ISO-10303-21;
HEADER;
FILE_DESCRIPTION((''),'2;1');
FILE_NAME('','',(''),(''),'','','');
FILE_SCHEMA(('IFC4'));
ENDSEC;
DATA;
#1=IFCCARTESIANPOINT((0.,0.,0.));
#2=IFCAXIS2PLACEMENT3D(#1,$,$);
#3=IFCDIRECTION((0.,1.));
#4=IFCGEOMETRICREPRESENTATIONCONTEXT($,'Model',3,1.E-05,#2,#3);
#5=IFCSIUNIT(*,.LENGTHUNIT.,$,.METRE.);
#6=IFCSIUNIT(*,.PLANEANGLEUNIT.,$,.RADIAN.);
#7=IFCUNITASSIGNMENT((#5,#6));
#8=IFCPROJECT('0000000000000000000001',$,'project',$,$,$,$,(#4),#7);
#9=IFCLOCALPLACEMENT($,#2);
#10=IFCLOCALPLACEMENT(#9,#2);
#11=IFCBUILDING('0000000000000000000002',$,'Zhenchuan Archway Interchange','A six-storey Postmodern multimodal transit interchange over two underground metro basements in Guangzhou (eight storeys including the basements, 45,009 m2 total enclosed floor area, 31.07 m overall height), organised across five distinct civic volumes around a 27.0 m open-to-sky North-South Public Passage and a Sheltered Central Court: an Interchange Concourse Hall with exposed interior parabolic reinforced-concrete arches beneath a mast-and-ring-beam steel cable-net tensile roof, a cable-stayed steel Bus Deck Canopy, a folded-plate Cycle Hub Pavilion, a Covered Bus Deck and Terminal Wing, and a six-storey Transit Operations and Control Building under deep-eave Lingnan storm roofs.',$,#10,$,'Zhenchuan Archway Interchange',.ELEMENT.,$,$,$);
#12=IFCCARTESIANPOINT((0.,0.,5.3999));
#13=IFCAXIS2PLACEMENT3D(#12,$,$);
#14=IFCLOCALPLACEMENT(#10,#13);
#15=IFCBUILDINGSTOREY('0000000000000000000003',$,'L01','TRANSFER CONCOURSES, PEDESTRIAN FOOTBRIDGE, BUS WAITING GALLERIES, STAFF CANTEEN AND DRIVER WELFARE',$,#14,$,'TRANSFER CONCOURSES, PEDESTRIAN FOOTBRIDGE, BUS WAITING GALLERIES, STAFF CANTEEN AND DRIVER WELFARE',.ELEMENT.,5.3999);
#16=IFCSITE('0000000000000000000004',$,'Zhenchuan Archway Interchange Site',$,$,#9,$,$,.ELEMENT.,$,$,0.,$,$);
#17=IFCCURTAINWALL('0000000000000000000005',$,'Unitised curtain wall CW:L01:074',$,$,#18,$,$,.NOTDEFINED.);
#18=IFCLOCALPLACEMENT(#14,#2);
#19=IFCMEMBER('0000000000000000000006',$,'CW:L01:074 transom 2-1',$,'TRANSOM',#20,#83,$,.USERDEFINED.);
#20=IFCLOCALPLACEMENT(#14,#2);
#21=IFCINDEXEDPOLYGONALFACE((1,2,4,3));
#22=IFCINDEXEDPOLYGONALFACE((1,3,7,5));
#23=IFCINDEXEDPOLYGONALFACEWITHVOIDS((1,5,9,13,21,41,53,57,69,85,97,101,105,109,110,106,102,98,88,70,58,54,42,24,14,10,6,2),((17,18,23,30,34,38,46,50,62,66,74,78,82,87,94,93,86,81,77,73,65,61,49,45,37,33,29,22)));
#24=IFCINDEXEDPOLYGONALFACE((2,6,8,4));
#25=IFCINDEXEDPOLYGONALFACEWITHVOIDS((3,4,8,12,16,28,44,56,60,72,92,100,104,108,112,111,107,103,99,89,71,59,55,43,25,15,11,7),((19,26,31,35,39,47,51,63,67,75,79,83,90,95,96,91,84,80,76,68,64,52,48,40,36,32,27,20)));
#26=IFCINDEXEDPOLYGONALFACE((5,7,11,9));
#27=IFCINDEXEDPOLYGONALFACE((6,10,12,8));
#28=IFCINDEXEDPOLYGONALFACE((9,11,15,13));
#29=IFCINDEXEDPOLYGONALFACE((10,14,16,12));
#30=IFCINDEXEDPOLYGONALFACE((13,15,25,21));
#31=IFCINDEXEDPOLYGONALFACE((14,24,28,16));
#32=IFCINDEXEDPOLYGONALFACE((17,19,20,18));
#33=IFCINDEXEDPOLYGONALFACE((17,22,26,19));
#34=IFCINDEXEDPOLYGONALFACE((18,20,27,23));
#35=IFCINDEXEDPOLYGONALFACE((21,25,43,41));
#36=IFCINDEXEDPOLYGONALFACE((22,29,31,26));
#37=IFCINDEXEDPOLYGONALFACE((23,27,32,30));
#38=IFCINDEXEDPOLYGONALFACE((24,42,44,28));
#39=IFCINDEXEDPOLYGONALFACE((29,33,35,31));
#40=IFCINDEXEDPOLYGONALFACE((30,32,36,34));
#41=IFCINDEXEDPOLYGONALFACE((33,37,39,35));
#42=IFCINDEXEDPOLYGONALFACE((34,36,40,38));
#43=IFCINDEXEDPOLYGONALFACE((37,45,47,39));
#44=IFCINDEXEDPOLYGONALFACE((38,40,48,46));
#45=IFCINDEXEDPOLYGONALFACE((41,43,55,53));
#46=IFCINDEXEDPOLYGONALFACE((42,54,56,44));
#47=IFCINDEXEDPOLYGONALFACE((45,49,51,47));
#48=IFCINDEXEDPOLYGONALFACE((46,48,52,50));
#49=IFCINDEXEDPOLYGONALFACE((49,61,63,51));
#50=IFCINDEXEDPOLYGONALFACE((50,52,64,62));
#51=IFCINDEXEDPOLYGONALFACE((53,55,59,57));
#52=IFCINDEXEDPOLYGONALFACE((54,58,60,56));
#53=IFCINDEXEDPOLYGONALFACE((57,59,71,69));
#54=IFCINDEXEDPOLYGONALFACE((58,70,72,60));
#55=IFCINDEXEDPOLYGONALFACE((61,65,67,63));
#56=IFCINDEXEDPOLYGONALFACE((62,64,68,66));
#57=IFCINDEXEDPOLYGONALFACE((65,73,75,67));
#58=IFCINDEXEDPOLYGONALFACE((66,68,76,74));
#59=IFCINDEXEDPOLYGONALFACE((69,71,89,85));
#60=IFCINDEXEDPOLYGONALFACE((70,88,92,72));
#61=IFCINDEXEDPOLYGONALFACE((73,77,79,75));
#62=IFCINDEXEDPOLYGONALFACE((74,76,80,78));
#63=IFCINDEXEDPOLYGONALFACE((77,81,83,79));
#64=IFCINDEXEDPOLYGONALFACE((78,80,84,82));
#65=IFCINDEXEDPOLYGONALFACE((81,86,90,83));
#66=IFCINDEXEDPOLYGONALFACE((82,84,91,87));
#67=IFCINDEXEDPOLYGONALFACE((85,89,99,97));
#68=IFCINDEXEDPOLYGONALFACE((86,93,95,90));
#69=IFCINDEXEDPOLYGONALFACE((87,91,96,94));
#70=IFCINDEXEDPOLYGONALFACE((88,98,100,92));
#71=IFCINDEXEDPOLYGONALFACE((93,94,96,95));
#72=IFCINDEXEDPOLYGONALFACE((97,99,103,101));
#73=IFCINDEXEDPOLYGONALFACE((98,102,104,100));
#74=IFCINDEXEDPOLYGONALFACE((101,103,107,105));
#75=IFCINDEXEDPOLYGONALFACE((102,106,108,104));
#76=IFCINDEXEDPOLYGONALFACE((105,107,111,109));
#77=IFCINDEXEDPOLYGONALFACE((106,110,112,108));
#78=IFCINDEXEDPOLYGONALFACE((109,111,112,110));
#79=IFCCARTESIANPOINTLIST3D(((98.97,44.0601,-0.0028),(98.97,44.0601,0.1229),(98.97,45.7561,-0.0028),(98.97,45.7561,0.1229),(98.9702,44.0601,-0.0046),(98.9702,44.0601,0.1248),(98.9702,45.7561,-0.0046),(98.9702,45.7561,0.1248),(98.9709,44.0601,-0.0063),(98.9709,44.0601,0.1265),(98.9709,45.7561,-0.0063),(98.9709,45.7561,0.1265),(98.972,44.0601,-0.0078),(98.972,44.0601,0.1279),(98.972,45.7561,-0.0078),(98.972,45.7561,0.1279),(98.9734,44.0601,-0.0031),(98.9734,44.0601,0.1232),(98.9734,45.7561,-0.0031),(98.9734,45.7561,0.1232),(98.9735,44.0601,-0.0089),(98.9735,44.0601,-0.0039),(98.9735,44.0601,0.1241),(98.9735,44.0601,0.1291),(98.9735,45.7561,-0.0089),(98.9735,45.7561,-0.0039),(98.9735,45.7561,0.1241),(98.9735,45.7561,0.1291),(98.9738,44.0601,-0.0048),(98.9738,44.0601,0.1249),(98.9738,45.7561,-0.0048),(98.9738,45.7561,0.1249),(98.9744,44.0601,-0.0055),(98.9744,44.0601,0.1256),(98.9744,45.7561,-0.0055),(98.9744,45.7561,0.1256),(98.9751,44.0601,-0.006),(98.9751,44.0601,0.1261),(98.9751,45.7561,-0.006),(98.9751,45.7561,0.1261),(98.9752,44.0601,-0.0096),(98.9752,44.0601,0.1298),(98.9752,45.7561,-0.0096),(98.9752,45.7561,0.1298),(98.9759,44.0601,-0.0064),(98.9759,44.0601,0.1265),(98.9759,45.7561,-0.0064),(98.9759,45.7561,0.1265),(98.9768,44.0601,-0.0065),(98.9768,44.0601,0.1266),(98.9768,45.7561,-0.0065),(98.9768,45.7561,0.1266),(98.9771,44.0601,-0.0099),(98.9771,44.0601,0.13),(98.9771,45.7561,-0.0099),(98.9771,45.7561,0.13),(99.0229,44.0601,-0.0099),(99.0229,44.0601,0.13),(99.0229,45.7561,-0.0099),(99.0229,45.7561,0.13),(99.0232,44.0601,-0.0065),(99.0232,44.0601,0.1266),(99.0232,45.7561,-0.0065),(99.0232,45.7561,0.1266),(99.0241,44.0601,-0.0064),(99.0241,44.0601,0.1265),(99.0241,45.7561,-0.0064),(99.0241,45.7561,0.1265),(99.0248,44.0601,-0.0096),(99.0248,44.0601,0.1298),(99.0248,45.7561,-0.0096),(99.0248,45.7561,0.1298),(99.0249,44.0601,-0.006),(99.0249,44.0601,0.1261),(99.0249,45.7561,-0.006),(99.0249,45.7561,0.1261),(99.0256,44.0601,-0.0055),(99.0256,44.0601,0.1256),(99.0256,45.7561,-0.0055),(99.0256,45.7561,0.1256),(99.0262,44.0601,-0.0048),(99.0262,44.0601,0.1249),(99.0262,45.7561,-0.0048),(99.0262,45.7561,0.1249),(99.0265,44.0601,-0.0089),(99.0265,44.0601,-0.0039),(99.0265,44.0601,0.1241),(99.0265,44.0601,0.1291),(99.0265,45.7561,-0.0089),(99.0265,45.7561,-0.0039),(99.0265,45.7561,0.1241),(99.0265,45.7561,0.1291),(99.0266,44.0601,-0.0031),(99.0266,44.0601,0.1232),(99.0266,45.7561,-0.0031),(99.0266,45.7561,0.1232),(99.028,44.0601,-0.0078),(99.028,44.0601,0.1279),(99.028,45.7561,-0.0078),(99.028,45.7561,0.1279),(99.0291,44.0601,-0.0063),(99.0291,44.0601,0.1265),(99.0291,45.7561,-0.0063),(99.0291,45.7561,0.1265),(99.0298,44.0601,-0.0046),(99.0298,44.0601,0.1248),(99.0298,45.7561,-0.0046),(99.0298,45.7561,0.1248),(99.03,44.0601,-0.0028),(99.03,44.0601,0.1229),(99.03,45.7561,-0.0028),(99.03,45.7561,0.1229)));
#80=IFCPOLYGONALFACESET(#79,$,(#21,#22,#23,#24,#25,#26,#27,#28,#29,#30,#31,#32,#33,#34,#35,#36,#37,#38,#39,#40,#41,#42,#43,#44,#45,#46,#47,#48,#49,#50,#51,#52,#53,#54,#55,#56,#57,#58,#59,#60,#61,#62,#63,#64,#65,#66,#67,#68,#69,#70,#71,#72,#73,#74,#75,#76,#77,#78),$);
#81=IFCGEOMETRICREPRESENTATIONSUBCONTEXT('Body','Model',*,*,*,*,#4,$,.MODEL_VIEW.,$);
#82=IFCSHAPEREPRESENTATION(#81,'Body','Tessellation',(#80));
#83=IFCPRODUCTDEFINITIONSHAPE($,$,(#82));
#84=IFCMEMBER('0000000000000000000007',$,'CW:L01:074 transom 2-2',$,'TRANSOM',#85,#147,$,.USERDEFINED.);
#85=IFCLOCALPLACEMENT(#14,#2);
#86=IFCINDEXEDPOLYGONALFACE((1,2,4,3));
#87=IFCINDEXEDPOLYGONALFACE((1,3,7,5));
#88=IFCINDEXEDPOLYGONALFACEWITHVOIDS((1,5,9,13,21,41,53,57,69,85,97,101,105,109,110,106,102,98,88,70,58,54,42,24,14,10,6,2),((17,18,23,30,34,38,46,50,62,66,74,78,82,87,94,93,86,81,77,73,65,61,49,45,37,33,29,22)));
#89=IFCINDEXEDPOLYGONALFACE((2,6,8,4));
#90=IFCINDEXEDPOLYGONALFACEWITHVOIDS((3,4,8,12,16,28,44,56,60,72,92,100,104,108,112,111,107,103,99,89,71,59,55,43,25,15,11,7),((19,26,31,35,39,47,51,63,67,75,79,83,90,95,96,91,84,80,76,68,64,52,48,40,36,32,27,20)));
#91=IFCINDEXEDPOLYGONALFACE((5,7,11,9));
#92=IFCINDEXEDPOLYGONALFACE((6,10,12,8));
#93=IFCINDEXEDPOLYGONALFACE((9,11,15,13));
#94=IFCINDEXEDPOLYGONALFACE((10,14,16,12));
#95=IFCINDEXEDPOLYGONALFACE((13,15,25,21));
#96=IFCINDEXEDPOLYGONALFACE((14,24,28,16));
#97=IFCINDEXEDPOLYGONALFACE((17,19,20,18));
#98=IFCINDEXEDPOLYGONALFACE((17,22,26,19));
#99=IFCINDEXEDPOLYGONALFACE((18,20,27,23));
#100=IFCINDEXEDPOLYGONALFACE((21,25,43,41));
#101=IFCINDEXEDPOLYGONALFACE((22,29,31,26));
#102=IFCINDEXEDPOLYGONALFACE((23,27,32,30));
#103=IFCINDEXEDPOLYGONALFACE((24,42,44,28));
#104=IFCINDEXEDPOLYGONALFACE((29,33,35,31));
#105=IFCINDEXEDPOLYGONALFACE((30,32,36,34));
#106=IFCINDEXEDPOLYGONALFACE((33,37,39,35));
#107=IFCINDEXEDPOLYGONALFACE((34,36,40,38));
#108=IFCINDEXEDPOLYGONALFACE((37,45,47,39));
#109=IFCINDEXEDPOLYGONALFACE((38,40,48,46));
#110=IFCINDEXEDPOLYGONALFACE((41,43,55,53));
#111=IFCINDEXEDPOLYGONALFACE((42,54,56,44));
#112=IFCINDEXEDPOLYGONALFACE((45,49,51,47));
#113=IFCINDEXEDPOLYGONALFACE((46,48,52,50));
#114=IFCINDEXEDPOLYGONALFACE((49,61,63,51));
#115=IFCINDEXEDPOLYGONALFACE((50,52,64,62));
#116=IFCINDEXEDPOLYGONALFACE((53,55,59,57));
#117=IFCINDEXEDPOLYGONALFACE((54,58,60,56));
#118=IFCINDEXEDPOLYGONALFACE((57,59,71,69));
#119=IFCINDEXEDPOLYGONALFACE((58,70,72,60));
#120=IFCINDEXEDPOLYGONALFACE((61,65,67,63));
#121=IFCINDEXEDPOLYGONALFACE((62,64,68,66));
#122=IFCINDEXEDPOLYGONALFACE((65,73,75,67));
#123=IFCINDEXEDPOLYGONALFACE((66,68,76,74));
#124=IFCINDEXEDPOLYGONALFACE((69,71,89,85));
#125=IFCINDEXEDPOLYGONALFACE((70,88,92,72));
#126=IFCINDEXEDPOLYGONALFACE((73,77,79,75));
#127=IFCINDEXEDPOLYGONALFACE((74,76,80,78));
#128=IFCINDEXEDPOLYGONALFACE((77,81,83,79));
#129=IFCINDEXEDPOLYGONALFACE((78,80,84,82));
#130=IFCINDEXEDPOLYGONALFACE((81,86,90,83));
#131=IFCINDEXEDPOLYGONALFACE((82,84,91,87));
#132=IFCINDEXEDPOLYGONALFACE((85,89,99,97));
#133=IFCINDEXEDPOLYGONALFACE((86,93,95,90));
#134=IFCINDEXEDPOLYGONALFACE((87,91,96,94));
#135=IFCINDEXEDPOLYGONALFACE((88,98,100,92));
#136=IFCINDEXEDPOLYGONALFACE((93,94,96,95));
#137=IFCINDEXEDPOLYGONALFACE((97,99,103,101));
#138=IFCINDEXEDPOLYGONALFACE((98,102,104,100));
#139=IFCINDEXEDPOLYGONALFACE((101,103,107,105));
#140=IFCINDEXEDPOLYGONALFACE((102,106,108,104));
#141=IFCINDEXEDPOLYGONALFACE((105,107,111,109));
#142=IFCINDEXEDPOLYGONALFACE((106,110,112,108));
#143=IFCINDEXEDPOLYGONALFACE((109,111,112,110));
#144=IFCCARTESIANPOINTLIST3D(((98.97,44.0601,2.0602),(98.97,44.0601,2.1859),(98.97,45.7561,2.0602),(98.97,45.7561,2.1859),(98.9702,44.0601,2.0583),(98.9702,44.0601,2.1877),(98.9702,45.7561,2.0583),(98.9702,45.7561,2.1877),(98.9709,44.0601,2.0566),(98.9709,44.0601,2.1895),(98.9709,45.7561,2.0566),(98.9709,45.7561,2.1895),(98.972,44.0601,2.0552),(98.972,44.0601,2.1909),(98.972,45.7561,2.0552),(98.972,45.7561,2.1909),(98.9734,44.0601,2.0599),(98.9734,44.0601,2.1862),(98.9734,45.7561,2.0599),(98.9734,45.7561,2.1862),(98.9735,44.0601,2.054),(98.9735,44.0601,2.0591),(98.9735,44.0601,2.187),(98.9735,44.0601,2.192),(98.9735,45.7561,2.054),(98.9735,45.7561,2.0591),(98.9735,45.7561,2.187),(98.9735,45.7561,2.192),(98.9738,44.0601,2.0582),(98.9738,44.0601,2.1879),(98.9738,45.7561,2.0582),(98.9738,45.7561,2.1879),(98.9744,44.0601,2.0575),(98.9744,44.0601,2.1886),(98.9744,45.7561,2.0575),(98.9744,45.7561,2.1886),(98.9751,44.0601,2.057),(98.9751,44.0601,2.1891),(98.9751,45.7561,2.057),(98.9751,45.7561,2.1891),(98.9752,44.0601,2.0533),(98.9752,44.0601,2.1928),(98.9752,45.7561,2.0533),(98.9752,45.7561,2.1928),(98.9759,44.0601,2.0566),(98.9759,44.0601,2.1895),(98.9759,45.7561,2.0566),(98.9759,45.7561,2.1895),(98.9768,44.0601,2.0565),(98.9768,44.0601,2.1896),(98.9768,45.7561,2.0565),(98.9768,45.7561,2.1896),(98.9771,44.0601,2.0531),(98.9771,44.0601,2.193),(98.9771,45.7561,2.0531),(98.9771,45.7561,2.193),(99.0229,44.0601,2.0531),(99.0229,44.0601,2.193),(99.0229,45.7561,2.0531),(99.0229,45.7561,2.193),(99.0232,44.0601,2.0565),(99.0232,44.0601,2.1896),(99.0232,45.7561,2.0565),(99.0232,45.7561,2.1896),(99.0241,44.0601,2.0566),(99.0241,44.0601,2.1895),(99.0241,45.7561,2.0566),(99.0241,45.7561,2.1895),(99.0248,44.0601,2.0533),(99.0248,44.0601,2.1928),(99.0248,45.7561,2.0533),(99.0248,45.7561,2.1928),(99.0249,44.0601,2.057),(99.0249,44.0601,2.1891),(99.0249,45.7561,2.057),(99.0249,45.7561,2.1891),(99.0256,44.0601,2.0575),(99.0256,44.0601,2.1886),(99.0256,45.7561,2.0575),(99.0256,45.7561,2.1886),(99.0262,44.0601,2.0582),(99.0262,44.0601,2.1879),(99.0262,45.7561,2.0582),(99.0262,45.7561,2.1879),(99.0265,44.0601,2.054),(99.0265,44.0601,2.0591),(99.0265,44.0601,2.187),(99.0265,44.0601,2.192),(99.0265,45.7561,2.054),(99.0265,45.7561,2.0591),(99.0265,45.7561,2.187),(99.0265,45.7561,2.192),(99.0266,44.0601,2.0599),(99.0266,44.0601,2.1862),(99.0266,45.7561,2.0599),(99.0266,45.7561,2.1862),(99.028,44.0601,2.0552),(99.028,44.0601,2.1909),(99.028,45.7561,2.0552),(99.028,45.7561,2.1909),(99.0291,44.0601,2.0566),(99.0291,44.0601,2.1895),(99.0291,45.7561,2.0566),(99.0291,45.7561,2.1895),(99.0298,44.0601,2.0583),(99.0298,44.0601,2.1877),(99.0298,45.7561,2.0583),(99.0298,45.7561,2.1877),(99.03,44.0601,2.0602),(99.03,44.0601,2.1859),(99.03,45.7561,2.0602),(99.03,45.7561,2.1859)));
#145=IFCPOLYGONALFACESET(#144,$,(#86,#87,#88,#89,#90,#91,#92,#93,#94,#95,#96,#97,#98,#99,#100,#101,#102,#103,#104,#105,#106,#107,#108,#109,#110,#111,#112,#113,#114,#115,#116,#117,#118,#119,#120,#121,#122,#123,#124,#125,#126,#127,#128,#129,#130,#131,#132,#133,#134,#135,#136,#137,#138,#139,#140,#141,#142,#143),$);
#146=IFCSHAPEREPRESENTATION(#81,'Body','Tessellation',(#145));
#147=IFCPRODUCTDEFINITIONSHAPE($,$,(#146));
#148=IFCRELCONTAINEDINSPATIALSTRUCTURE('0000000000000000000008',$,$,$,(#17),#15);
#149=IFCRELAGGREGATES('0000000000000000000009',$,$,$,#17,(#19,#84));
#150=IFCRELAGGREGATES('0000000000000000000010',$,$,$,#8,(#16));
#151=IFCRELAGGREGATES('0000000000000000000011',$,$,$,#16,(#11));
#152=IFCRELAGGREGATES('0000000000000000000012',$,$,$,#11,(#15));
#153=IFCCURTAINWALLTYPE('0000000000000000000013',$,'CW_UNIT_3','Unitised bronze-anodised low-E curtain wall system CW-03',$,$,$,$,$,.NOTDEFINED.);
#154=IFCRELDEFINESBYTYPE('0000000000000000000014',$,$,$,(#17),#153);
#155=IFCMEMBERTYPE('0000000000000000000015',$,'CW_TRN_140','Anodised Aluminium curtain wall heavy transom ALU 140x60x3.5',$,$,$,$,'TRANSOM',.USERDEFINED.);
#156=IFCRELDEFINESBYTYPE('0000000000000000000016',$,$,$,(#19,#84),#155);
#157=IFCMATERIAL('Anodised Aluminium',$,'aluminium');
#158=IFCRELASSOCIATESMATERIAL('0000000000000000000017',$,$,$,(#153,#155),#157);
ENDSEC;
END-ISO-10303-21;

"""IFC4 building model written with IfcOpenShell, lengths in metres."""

from ifc_helpers import new_model, si_unit, direction, frame, origin, origin_2d, place, context, subcontext, project, spatial, hollow_rectangle, extrude, material, material_profile, profile_set, type_object, element, aggregate, save


model = new_model("IFC4")

# Units and contexts
model_context = context("Model", 3, precision=1e-05, world=origin(), true_north=direction((0.0, 1.0)))
body_context = subcontext(model_context, "Body", "Model", "MODEL_VIEW")
ifc_project = project(units=[si_unit("LENGTHUNIT", "METRE"), si_unit("PLANEANGLEUNIT", "RADIAN")], contexts=[model_context])

# Site, building, storey
site_placement = place(None, origin())
site = spatial("IfcSite", under=ifc_project, at=site_placement, Name="Zhenchuan Archway Interchange Site", CompositionType="ELEMENT", RefElevation=0.0)
building_placement = place(site_placement, origin())
building = spatial("IfcBuilding", under=site, at=building_placement, Name="Zhenchuan Archway Interchange", Description="A six-storey Postmodern multimodal transit interchange over two underground metro basements in Guangzhou (eight storeys including the basements, 45,009 m2 total enclosed floor area, 31.07 m overall height), organised across five distinct civic volumes around a 27.0 m open-to-sky North-South Public Passage and a Sheltered Central Court: an Interchange Concourse Hall with exposed interior parabolic reinforced-concrete arches beneath a mast-and-ring-beam steel cable-net tensile roof, a cable-stayed steel Bus Deck Canopy, a folded-plate Cycle Hub Pavilion, a Covered Bus Deck and Terminal Wing, and a six-storey Transit Operations and Control Building under deep-eave Lingnan storm roofs.", LongName="Zhenchuan Archway Interchange", CompositionType="ELEMENT")
storey_placement = place(building_placement, frame((0.0, 0.0, 5.3999)))
storey = spatial("IfcBuildingStorey", under=building, at=storey_placement, Name="L01", Description="TRANSFER CONCOURSES, PEDESTRIAN FOOTBRIDGE, BUS WAITING GALLERIES, STAFF CANTEEN AND DRIVER WELFARE", LongName="TRANSFER CONCOURSES, PEDESTRIAN FOOTBRIDGE, BUS WAITING GALLERIES, STAFF CANTEEN AND DRIVER WELFARE", CompositionType="ELEMENT", Elevation=5.3999)

# Curtain wall
ifc_material_1 = material(Name="Anodised Aluminium", Category="aluminium")
curtain_wall_type_1 = type_object("IfcCurtainWallType", Name="CW_UNIT_3", Description="Unitised bronze-anodised low-E curtain wall system CW-03", PredefinedType="NOTDEFINED", material=ifc_material_1)
curtain_wall_1_placement = place(storey_placement, origin())
curtain_wall_1 = element("IfcCurtainWall", 1, at=curtain_wall_1_placement, inside=storey, type_object=curtain_wall_type_1, Name="Unitised curtain wall CW:L01:074", PredefinedType="NOTDEFINED")

# Members
ifc_material_profile_1 = material_profile(ifc_material_1, hollow_rectangle(XDim=0.0601, YDim=0.1399, WallThickness=0.0034, InnerFilletRadius=0.0034, OuterFilletRadius=0.0071, at=origin_2d()), Name="ALU 140x60x3.5")
ifc_profile_set_1 = profile_set([ifc_material_profile_1], Name="Anodised Aluminium")
member_type_1 = type_object("IfcMemberType", Name="CW_TRN_140", Description="Anodised Aluminium curtain wall heavy transom ALU 140x60x3.5", ElementType="TRANSOM", PredefinedType="USERDEFINED", material=ifc_profile_set_1)
member_1_placement = place(storey_placement, frame((99.0, 44.0601, 0.0601), z_axis=(0.0, 1.0, 0.0), x_axis=(-1.0, 0.0, 0.0)))
member_1 = element("IfcMember", 2, at=member_1_placement, type_object=member_type_1, Name="CW:L01:074 transom 2-1", ObjectType="TRANSOM", PredefinedType="USERDEFINED", context=body_context, shape_type="SweptSolid", body=[
    extrude(hollow_rectangle(XDim=0.0601, YDim=0.1399, WallThickness=0.0034, InnerFilletRadius=0.0034, OuterFilletRadius=0.0071, at=origin_2d()), origin(), (0.0, 0.0, 1.0), 1.696),
])
member_2_placement = place(storey_placement, frame((99.0, 44.0601, 2.123), z_axis=(0.0, 1.0, 0.0), x_axis=(-1.0, 0.0, 0.0)))
member_2 = element("IfcMember", 3, at=member_2_placement, type_object=member_type_1, Name="CW:L01:074 transom 2-2", ObjectType="TRANSOM", PredefinedType="USERDEFINED", context=body_context, shape_type="SweptSolid", body=[
    extrude(hollow_rectangle(XDim=0.0601, YDim=0.1399, WallThickness=0.0034, InnerFilletRadius=0.0034, OuterFilletRadius=0.0071, at=origin_2d()), origin(), (0.0, 0.0, 1.0), 1.696),
])

aggregate(curtain_wall_1, [member_1, member_2])

save(model, "model.ifc")
